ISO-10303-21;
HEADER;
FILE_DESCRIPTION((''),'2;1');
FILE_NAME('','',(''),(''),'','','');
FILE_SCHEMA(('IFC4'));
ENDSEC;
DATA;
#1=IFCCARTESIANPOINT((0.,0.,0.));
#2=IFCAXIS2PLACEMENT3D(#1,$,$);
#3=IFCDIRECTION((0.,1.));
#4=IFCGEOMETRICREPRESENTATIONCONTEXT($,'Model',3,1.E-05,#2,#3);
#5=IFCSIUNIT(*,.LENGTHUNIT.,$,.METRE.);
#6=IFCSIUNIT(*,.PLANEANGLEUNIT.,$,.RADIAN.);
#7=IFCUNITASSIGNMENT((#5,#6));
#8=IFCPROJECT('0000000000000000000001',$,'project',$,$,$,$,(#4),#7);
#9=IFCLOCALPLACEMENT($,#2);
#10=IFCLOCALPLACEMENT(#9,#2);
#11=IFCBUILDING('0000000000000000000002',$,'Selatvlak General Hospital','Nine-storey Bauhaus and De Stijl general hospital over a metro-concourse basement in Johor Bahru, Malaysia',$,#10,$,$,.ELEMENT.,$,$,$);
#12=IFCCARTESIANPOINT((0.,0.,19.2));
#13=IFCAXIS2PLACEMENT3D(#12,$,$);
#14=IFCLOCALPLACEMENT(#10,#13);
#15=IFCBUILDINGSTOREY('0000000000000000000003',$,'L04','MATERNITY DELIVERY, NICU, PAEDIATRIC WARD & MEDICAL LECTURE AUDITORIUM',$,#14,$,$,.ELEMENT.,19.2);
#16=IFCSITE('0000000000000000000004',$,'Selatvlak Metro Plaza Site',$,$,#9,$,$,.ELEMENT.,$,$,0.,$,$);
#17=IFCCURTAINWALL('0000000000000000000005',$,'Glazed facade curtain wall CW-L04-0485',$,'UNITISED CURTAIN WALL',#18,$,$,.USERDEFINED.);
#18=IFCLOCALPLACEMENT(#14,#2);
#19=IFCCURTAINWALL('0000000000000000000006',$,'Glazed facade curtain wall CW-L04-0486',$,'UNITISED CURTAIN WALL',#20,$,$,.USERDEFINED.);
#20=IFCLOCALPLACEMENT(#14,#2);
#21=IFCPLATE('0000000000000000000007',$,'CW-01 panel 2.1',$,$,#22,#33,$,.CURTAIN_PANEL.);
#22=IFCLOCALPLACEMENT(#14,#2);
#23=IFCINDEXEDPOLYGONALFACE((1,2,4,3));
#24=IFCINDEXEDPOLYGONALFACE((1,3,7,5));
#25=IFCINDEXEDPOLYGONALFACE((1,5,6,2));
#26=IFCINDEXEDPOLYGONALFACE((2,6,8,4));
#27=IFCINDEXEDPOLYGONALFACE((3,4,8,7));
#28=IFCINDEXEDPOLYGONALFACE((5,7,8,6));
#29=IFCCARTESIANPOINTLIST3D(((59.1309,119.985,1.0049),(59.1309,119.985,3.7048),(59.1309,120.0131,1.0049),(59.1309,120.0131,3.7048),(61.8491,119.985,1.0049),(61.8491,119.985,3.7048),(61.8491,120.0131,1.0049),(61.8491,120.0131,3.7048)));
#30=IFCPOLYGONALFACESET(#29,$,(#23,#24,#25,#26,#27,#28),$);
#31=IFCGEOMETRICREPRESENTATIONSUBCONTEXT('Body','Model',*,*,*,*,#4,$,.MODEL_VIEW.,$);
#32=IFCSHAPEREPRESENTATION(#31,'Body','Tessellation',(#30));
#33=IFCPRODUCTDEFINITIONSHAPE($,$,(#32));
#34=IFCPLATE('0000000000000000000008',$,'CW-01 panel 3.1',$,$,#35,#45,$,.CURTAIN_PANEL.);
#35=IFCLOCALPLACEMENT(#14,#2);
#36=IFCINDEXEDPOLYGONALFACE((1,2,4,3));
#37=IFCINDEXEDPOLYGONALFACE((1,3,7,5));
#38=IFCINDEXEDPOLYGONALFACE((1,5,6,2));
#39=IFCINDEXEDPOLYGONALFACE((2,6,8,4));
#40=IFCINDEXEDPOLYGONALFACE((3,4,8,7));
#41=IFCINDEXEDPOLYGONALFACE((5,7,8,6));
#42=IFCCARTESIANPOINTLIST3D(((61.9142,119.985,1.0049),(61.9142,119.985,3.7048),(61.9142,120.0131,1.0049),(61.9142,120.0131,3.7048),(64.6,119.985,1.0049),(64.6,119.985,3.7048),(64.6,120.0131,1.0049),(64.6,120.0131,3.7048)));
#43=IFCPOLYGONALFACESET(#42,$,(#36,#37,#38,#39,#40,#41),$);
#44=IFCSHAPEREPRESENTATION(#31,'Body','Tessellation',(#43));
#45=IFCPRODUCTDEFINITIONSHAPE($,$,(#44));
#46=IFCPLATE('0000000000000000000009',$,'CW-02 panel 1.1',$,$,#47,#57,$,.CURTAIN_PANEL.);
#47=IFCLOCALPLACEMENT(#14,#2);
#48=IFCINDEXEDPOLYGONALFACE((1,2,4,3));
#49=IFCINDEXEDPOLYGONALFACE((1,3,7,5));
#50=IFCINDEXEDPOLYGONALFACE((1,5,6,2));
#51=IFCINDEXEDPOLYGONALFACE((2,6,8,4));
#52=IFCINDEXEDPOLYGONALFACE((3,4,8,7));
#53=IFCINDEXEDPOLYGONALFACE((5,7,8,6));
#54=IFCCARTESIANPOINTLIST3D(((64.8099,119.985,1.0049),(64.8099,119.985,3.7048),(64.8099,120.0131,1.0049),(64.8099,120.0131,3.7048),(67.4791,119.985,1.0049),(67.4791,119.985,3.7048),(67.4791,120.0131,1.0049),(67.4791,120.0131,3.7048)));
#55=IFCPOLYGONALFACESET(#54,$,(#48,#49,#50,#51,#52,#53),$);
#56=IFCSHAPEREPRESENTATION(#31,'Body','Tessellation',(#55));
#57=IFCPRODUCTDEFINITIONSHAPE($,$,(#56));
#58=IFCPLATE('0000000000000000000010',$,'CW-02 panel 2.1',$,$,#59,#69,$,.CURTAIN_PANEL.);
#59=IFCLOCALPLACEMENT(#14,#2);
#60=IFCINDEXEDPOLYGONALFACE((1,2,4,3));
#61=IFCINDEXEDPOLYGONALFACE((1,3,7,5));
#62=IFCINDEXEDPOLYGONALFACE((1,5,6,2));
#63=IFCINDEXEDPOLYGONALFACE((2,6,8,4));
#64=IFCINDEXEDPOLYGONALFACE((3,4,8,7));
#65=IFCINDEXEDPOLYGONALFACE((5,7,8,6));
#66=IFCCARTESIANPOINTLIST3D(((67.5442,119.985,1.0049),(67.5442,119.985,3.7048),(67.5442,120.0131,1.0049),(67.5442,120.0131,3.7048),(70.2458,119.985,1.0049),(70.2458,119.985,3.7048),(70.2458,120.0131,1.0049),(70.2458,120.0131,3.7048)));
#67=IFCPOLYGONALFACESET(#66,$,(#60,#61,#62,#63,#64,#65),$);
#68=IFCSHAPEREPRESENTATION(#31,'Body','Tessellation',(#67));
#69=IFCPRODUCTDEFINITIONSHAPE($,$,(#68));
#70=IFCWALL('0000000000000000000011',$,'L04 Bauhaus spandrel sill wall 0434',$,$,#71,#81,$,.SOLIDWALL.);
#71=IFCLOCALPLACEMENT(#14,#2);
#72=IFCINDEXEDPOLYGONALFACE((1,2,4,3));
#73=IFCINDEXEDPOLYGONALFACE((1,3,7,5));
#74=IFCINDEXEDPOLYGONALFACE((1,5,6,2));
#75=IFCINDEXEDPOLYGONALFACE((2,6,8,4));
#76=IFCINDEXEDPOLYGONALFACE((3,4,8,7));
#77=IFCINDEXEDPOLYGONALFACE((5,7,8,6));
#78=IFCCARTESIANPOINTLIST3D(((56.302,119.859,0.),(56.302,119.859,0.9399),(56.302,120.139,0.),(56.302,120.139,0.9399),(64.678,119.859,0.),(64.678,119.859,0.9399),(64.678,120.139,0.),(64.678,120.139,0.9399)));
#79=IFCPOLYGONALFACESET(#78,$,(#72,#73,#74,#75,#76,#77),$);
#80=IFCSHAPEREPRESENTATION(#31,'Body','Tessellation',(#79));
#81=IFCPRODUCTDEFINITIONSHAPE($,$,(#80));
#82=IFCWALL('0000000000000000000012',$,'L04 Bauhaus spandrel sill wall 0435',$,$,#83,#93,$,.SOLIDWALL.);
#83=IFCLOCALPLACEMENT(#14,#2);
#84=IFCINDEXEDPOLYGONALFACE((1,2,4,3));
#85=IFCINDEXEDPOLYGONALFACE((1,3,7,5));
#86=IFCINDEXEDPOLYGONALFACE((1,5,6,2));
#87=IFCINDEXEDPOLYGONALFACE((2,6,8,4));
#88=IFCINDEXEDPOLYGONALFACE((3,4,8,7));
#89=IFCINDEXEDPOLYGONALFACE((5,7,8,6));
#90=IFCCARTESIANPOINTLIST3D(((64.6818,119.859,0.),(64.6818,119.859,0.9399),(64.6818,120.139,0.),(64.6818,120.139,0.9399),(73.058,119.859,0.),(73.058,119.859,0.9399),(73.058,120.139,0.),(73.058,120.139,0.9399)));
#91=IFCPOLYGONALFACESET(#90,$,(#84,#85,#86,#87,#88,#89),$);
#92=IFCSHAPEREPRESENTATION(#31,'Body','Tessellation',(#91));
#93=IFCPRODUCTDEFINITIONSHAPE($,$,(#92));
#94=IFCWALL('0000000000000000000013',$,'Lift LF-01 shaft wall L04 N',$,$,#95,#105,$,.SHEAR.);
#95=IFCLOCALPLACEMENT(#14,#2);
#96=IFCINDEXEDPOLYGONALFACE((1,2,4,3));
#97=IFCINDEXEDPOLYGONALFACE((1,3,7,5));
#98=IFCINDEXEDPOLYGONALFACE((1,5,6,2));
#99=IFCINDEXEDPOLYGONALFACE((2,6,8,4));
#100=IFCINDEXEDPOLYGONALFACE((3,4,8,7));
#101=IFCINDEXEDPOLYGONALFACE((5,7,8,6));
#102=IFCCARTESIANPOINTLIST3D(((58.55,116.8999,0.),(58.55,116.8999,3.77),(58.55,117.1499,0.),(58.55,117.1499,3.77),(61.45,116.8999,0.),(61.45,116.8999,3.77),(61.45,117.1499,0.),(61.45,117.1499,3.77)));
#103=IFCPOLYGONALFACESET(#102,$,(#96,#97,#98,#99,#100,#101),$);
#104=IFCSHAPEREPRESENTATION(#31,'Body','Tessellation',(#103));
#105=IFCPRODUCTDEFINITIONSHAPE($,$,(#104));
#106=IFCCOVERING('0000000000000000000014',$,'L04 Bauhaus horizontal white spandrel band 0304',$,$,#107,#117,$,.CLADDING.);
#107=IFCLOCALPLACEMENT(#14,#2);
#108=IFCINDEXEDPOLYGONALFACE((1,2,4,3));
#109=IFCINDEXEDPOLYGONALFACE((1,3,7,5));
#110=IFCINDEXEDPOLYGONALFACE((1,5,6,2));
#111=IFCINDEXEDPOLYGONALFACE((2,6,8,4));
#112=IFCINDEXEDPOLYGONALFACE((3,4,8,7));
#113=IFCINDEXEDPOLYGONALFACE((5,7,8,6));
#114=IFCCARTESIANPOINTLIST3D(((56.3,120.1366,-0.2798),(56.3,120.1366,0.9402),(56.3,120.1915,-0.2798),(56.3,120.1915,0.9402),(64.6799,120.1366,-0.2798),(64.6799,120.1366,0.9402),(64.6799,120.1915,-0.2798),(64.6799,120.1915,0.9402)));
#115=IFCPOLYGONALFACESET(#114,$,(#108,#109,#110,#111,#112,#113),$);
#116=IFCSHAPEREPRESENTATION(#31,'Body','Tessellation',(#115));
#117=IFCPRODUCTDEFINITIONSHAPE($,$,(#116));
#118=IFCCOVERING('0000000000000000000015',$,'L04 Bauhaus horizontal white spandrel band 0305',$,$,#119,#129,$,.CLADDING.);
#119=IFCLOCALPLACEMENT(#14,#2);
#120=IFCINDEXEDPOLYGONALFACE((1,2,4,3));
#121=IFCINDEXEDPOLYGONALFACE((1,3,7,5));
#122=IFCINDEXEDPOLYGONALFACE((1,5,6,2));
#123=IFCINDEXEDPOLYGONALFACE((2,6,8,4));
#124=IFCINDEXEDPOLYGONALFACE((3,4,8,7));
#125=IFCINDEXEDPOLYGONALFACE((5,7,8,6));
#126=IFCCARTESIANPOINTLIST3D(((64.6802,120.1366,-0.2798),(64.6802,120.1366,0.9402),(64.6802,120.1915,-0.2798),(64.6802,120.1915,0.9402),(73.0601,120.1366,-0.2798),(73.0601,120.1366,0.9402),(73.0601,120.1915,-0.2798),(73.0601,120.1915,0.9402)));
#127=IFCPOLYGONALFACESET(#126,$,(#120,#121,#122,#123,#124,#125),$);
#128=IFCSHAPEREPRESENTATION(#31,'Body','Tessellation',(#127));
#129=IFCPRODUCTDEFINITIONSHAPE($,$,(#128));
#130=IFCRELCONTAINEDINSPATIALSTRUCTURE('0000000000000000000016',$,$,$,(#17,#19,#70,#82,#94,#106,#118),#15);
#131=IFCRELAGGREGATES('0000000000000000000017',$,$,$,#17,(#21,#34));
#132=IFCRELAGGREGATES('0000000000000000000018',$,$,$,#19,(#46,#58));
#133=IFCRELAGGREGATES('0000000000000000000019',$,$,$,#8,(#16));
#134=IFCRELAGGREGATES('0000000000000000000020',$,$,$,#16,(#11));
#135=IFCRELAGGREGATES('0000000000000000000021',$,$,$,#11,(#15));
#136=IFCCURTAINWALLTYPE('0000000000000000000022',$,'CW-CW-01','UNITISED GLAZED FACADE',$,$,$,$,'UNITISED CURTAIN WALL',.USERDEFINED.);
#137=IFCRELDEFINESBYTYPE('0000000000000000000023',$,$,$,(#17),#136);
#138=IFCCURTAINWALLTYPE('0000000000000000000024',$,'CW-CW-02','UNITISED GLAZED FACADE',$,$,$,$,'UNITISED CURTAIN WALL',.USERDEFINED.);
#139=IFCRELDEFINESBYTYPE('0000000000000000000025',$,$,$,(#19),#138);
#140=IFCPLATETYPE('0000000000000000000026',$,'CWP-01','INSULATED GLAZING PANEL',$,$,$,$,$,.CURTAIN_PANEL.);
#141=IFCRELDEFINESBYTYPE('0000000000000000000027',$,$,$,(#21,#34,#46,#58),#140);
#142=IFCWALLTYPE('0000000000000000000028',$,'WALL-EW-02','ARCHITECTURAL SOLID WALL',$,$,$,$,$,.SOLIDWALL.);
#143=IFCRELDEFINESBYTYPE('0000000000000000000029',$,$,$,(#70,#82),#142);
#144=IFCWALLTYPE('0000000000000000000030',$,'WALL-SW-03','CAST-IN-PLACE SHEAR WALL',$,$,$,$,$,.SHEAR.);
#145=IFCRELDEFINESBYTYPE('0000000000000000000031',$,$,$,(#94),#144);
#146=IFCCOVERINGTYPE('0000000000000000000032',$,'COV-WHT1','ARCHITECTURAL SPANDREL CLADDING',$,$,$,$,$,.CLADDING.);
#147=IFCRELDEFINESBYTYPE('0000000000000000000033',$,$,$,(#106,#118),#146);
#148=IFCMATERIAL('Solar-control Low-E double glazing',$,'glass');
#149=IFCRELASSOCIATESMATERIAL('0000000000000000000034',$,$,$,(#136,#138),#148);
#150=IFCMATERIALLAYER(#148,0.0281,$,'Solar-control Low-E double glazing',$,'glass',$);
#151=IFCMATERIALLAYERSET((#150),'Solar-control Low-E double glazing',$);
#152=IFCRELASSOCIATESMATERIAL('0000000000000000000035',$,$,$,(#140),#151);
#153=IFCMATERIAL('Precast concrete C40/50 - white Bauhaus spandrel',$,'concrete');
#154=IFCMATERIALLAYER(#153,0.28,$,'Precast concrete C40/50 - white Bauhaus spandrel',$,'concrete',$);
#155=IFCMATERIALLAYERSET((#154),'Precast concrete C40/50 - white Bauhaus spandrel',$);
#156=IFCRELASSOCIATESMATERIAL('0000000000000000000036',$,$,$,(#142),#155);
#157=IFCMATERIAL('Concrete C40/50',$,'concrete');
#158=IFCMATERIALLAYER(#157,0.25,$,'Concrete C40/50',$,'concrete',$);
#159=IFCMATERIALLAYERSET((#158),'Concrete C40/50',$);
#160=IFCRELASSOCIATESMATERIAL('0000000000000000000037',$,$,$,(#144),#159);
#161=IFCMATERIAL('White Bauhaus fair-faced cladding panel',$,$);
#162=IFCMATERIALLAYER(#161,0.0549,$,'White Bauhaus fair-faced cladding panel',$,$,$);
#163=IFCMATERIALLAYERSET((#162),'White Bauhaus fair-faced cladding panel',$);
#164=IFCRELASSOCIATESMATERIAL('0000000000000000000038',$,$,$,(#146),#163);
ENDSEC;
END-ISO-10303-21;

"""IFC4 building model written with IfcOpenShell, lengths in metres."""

from ifc_helpers import new_model, si_unit, direction, frame, frame_2d, origin, origin_2d, place, context, subcontext, project, spatial, rectangle, extrude, material, layer, layer_set, type_object, element, aggregate, save


model = new_model("IFC4")

# Units and contexts
model_context = context("Model", 3, precision=1e-05, world=origin(), true_north=direction((0.0, 1.0)))
body_context = subcontext(model_context, "Body", "Model", "MODEL_VIEW")
ifc_project = project(units=[si_unit("LENGTHUNIT", "METRE"), si_unit("PLANEANGLEUNIT", "RADIAN")], contexts=[model_context])

# Site, building, storey
site_placement = place(None, origin())
site = spatial("IfcSite", under=ifc_project, at=site_placement, Name="Selatvlak Metro Plaza Site", CompositionType="ELEMENT", RefElevation=0.0)
building_placement = place(site_placement, origin())
building = spatial("IfcBuilding", under=site, at=building_placement, Name="Selatvlak General Hospital", Description="Nine-storey Bauhaus and De Stijl general hospital over a metro-concourse basement in Johor Bahru, Malaysia", CompositionType="ELEMENT")
storey_placement = place(building_placement, frame((0.0, 0.0, 19.2)))
storey = spatial("IfcBuildingStorey", under=building, at=storey_placement, Name="L04", Description="MATERNITY DELIVERY, NICU, PAEDIATRIC WARD & MEDICAL LECTURE AUDITORIUM", CompositionType="ELEMENT", Elevation=19.2)

# Shared definitions
ifc_material_1 = material(Name="Concrete C40/50", Category="concrete")

# Curtain walls
ifc_material_2 = material(Name="Solar-control Low-E double glazing", Category="glass")
curtain_wall_type_1 = type_object("IfcCurtainWallType", Name="CW-CW-01", Description="UNITISED GLAZED FACADE", ElementType="UNITISED CURTAIN WALL", PredefinedType="USERDEFINED", material=ifc_material_2)
curtain_wall_1_placement = place(storey_placement, origin())
curtain_wall_1 = element("IfcCurtainWall", 1, at=curtain_wall_1_placement, inside=storey, type_object=curtain_wall_type_1, Name="Glazed facade curtain wall CW-L04-0485", ObjectType="UNITISED CURTAIN WALL", PredefinedType="USERDEFINED")
curtain_wall_type_2 = type_object("IfcCurtainWallType", Name="CW-CW-02", Description="UNITISED GLAZED FACADE", ElementType="UNITISED CURTAIN WALL", PredefinedType="USERDEFINED", material=ifc_material_2)
curtain_wall_2_placement = place(storey_placement, origin())
curtain_wall_2 = element("IfcCurtainWall", 2, at=curtain_wall_2_placement, inside=storey, type_object=curtain_wall_type_2, Name="Glazed facade curtain wall CW-L04-0486", ObjectType="UNITISED CURTAIN WALL", PredefinedType="USERDEFINED")

# Plates
ifc_layer_1 = layer(ifc_material_2, 0.0281, Name="Solar-control Low-E double glazing", Category="glass")
ifc_layer_set_1 = layer_set([ifc_layer_1], Name="Solar-control Low-E double glazing")
plate_type = type_object("IfcPlateType", Name="CWP-01", Description="INSULATED GLAZING PANEL", PredefinedType="CURTAIN_PANEL", material=ifc_layer_set_1)
plate_1_placement = place(storey_placement, frame((60.49, 119.999, 1.0049), z_axis=(0.0, 0.0, 1.0), x_axis=(1.0, 0.0, 0.0)))
plate_1 = element("IfcPlate", 3, at=plate_1_placement, type_object=plate_type, Name="CW-01 panel 2.1", PredefinedType="CURTAIN_PANEL", context=body_context, shape_type="SweptSolid", body=[
    extrude(rectangle(XDim=2.7183, YDim=0.0281, at=origin_2d()), origin(), (0.0, 0.0, 1.0), 2.7),
])
plate_2_placement = place(storey_placement, frame((63.2571, 119.999, 1.0049), z_axis=(0.0, 0.0, 1.0), x_axis=(1.0, 0.0, 0.0)))
plate_2 = element("IfcPlate", 4, at=plate_2_placement, type_object=plate_type, Name="CW-01 panel 3.1", PredefinedType="CURTAIN_PANEL", context=body_context, shape_type="SweptSolid", body=[
    extrude(rectangle(XDim=2.6858, YDim=0.0281, at=origin_2d()), origin(), (0.0, 0.0, 1.0), 2.7),
])
aggregate(curtain_wall_1, [plate_1, plate_2])
plate_3_placement = place(storey_placement, frame((66.1445, 119.999, 1.0049), z_axis=(0.0, 0.0, 1.0), x_axis=(1.0, 0.0, 0.0)))
plate_3 = element("IfcPlate", 5, at=plate_3_placement, type_object=plate_type, Name="CW-02 panel 1.1", PredefinedType="CURTAIN_PANEL", context=body_context, shape_type="SweptSolid", body=[
    extrude(rectangle(XDim=2.6692, YDim=0.0281, at=origin_2d()), origin(), (0.0, 0.0, 1.0), 2.7),
])
plate_4_placement = place(storey_placement, frame((68.895, 119.999, 1.0049), z_axis=(0.0, 0.0, 1.0), x_axis=(1.0, 0.0, 0.0)))
plate_4 = element("IfcPlate", 6, at=plate_4_placement, type_object=plate_type, Name="CW-02 panel 2.1", PredefinedType="CURTAIN_PANEL", context=body_context, shape_type="SweptSolid", body=[
    extrude(rectangle(XDim=2.7017, YDim=0.0281, at=origin_2d()), origin(), (0.0, 0.0, 1.0), 2.7),
])
aggregate(curtain_wall_2, [plate_3, plate_4])

# Walls
ifc_material_3 = material(Name="Precast concrete C40/50 - white Bauhaus spandrel", Category="concrete")
ifc_layer_2 = layer(ifc_material_3, 0.28, Name="Precast concrete C40/50 - white Bauhaus spandrel", Category="concrete")
ifc_layer_set_2 = layer_set([ifc_layer_2], Name="Precast concrete C40/50 - white Bauhaus spandrel")
wall_type_1 = type_object("IfcWallType", Name="WALL-EW-02", Description="ARCHITECTURAL SOLID WALL", PredefinedType="SOLIDWALL", material=ifc_layer_set_2)
wall_1_placement = place(storey_placement, frame((56.302, 119.999, 0.0), z_axis=(0.0, 0.0, 1.0), x_axis=(1.0, 0.0, 0.0)))
element("IfcWall", 7, at=wall_1_placement, inside=storey, type_object=wall_type_1, Name="L04 Bauhaus spandrel sill wall 0434", PredefinedType="SOLIDWALL", context=body_context, shape_type="SweptSolid", body=[
    extrude(rectangle(XDim=8.376, YDim=0.28, at=frame_2d((4.188, 0.0))), origin(), (0.0, 0.0, 1.0), 0.9399),
])
wall_2_placement = place(storey_placement, frame((64.6819, 119.999, 0.0), z_axis=(0.0, 0.0, 1.0), x_axis=(1.0, 0.0, 0.0)))
element("IfcWall", 8, at=wall_2_placement, inside=storey, type_object=wall_type_1, Name="L04 Bauhaus spandrel sill wall 0435", PredefinedType="SOLIDWALL", context=body_context, shape_type="SweptSolid", body=[
    extrude(rectangle(XDim=8.3762, YDim=0.28, at=frame_2d((4.188, 0.0))), origin(), (0.0, 0.0, 1.0), 0.9399),
])
ifc_layer_3 = layer(ifc_material_1, 0.25, Name="Concrete C40/50", Category="concrete")
ifc_layer_set_3 = layer_set([ifc_layer_3], Name="Concrete C40/50")
wall_type_2 = type_object("IfcWallType", Name="WALL-SW-03", Description="CAST-IN-PLACE SHEAR WALL", PredefinedType="SHEAR", material=ifc_layer_set_3)
wall_3_placement = place(storey_placement, frame((61.45, 117.0249, 0.0), z_axis=(0.0, 0.0, 1.0), x_axis=(-1.0, 0.0, 0.0)))
element("IfcWall", 9, at=wall_3_placement, inside=storey, type_object=wall_type_2, Name="Lift LF-01 shaft wall L04 N", PredefinedType="SHEAR", context=body_context, shape_type="SweptSolid", body=[
    extrude(rectangle(XDim=2.8999, YDim=0.25, at=frame_2d((1.45, 0.0))), origin(), (0.0, 0.0, 1.0), 3.77),
])

# Coverings
ifc_material_4 = material(Name="White Bauhaus fair-faced cladding panel")
ifc_layer_4 = layer(ifc_material_4, 0.0549, Name="White Bauhaus fair-faced cladding panel")
ifc_layer_set_4 = layer_set([ifc_layer_4], Name="White Bauhaus fair-faced cladding panel")
covering_type = type_object("IfcCoveringType", Name="COV-WHT1", Description="ARCHITECTURAL SPANDREL CLADDING", PredefinedType="CLADDING", material=ifc_layer_set_4)
for number, where, z_axis, x_axis, name in (
    (10, (60.49, 120.1641, -0.2798), (0.0, 0.0, 1.0), (1.0, 0.0, 0.0), "L04 Bauhaus horizontal white spandrel band 0304"),
    (11, (68.8701, 120.1641, -0.2798), (0.0, 0.0, 1.0), (1.0, 0.0, 0.0), "L04 Bauhaus horizontal white spandrel band 0305"),
):
    element("IfcCovering", number, at=place(storey_placement, frame(where, z_axis=z_axis, x_axis=x_axis)), inside=storey, type_object=covering_type, Name=name, PredefinedType="CLADDING", context=body_context, shape_type="SweptSolid", body=[
        extrude(rectangle(XDim=8.3799, YDim=0.0549, at=origin_2d()), origin(), (0.0, 0.0, 1.0), 1.22),
    ])

save(model, "model.ifc")
